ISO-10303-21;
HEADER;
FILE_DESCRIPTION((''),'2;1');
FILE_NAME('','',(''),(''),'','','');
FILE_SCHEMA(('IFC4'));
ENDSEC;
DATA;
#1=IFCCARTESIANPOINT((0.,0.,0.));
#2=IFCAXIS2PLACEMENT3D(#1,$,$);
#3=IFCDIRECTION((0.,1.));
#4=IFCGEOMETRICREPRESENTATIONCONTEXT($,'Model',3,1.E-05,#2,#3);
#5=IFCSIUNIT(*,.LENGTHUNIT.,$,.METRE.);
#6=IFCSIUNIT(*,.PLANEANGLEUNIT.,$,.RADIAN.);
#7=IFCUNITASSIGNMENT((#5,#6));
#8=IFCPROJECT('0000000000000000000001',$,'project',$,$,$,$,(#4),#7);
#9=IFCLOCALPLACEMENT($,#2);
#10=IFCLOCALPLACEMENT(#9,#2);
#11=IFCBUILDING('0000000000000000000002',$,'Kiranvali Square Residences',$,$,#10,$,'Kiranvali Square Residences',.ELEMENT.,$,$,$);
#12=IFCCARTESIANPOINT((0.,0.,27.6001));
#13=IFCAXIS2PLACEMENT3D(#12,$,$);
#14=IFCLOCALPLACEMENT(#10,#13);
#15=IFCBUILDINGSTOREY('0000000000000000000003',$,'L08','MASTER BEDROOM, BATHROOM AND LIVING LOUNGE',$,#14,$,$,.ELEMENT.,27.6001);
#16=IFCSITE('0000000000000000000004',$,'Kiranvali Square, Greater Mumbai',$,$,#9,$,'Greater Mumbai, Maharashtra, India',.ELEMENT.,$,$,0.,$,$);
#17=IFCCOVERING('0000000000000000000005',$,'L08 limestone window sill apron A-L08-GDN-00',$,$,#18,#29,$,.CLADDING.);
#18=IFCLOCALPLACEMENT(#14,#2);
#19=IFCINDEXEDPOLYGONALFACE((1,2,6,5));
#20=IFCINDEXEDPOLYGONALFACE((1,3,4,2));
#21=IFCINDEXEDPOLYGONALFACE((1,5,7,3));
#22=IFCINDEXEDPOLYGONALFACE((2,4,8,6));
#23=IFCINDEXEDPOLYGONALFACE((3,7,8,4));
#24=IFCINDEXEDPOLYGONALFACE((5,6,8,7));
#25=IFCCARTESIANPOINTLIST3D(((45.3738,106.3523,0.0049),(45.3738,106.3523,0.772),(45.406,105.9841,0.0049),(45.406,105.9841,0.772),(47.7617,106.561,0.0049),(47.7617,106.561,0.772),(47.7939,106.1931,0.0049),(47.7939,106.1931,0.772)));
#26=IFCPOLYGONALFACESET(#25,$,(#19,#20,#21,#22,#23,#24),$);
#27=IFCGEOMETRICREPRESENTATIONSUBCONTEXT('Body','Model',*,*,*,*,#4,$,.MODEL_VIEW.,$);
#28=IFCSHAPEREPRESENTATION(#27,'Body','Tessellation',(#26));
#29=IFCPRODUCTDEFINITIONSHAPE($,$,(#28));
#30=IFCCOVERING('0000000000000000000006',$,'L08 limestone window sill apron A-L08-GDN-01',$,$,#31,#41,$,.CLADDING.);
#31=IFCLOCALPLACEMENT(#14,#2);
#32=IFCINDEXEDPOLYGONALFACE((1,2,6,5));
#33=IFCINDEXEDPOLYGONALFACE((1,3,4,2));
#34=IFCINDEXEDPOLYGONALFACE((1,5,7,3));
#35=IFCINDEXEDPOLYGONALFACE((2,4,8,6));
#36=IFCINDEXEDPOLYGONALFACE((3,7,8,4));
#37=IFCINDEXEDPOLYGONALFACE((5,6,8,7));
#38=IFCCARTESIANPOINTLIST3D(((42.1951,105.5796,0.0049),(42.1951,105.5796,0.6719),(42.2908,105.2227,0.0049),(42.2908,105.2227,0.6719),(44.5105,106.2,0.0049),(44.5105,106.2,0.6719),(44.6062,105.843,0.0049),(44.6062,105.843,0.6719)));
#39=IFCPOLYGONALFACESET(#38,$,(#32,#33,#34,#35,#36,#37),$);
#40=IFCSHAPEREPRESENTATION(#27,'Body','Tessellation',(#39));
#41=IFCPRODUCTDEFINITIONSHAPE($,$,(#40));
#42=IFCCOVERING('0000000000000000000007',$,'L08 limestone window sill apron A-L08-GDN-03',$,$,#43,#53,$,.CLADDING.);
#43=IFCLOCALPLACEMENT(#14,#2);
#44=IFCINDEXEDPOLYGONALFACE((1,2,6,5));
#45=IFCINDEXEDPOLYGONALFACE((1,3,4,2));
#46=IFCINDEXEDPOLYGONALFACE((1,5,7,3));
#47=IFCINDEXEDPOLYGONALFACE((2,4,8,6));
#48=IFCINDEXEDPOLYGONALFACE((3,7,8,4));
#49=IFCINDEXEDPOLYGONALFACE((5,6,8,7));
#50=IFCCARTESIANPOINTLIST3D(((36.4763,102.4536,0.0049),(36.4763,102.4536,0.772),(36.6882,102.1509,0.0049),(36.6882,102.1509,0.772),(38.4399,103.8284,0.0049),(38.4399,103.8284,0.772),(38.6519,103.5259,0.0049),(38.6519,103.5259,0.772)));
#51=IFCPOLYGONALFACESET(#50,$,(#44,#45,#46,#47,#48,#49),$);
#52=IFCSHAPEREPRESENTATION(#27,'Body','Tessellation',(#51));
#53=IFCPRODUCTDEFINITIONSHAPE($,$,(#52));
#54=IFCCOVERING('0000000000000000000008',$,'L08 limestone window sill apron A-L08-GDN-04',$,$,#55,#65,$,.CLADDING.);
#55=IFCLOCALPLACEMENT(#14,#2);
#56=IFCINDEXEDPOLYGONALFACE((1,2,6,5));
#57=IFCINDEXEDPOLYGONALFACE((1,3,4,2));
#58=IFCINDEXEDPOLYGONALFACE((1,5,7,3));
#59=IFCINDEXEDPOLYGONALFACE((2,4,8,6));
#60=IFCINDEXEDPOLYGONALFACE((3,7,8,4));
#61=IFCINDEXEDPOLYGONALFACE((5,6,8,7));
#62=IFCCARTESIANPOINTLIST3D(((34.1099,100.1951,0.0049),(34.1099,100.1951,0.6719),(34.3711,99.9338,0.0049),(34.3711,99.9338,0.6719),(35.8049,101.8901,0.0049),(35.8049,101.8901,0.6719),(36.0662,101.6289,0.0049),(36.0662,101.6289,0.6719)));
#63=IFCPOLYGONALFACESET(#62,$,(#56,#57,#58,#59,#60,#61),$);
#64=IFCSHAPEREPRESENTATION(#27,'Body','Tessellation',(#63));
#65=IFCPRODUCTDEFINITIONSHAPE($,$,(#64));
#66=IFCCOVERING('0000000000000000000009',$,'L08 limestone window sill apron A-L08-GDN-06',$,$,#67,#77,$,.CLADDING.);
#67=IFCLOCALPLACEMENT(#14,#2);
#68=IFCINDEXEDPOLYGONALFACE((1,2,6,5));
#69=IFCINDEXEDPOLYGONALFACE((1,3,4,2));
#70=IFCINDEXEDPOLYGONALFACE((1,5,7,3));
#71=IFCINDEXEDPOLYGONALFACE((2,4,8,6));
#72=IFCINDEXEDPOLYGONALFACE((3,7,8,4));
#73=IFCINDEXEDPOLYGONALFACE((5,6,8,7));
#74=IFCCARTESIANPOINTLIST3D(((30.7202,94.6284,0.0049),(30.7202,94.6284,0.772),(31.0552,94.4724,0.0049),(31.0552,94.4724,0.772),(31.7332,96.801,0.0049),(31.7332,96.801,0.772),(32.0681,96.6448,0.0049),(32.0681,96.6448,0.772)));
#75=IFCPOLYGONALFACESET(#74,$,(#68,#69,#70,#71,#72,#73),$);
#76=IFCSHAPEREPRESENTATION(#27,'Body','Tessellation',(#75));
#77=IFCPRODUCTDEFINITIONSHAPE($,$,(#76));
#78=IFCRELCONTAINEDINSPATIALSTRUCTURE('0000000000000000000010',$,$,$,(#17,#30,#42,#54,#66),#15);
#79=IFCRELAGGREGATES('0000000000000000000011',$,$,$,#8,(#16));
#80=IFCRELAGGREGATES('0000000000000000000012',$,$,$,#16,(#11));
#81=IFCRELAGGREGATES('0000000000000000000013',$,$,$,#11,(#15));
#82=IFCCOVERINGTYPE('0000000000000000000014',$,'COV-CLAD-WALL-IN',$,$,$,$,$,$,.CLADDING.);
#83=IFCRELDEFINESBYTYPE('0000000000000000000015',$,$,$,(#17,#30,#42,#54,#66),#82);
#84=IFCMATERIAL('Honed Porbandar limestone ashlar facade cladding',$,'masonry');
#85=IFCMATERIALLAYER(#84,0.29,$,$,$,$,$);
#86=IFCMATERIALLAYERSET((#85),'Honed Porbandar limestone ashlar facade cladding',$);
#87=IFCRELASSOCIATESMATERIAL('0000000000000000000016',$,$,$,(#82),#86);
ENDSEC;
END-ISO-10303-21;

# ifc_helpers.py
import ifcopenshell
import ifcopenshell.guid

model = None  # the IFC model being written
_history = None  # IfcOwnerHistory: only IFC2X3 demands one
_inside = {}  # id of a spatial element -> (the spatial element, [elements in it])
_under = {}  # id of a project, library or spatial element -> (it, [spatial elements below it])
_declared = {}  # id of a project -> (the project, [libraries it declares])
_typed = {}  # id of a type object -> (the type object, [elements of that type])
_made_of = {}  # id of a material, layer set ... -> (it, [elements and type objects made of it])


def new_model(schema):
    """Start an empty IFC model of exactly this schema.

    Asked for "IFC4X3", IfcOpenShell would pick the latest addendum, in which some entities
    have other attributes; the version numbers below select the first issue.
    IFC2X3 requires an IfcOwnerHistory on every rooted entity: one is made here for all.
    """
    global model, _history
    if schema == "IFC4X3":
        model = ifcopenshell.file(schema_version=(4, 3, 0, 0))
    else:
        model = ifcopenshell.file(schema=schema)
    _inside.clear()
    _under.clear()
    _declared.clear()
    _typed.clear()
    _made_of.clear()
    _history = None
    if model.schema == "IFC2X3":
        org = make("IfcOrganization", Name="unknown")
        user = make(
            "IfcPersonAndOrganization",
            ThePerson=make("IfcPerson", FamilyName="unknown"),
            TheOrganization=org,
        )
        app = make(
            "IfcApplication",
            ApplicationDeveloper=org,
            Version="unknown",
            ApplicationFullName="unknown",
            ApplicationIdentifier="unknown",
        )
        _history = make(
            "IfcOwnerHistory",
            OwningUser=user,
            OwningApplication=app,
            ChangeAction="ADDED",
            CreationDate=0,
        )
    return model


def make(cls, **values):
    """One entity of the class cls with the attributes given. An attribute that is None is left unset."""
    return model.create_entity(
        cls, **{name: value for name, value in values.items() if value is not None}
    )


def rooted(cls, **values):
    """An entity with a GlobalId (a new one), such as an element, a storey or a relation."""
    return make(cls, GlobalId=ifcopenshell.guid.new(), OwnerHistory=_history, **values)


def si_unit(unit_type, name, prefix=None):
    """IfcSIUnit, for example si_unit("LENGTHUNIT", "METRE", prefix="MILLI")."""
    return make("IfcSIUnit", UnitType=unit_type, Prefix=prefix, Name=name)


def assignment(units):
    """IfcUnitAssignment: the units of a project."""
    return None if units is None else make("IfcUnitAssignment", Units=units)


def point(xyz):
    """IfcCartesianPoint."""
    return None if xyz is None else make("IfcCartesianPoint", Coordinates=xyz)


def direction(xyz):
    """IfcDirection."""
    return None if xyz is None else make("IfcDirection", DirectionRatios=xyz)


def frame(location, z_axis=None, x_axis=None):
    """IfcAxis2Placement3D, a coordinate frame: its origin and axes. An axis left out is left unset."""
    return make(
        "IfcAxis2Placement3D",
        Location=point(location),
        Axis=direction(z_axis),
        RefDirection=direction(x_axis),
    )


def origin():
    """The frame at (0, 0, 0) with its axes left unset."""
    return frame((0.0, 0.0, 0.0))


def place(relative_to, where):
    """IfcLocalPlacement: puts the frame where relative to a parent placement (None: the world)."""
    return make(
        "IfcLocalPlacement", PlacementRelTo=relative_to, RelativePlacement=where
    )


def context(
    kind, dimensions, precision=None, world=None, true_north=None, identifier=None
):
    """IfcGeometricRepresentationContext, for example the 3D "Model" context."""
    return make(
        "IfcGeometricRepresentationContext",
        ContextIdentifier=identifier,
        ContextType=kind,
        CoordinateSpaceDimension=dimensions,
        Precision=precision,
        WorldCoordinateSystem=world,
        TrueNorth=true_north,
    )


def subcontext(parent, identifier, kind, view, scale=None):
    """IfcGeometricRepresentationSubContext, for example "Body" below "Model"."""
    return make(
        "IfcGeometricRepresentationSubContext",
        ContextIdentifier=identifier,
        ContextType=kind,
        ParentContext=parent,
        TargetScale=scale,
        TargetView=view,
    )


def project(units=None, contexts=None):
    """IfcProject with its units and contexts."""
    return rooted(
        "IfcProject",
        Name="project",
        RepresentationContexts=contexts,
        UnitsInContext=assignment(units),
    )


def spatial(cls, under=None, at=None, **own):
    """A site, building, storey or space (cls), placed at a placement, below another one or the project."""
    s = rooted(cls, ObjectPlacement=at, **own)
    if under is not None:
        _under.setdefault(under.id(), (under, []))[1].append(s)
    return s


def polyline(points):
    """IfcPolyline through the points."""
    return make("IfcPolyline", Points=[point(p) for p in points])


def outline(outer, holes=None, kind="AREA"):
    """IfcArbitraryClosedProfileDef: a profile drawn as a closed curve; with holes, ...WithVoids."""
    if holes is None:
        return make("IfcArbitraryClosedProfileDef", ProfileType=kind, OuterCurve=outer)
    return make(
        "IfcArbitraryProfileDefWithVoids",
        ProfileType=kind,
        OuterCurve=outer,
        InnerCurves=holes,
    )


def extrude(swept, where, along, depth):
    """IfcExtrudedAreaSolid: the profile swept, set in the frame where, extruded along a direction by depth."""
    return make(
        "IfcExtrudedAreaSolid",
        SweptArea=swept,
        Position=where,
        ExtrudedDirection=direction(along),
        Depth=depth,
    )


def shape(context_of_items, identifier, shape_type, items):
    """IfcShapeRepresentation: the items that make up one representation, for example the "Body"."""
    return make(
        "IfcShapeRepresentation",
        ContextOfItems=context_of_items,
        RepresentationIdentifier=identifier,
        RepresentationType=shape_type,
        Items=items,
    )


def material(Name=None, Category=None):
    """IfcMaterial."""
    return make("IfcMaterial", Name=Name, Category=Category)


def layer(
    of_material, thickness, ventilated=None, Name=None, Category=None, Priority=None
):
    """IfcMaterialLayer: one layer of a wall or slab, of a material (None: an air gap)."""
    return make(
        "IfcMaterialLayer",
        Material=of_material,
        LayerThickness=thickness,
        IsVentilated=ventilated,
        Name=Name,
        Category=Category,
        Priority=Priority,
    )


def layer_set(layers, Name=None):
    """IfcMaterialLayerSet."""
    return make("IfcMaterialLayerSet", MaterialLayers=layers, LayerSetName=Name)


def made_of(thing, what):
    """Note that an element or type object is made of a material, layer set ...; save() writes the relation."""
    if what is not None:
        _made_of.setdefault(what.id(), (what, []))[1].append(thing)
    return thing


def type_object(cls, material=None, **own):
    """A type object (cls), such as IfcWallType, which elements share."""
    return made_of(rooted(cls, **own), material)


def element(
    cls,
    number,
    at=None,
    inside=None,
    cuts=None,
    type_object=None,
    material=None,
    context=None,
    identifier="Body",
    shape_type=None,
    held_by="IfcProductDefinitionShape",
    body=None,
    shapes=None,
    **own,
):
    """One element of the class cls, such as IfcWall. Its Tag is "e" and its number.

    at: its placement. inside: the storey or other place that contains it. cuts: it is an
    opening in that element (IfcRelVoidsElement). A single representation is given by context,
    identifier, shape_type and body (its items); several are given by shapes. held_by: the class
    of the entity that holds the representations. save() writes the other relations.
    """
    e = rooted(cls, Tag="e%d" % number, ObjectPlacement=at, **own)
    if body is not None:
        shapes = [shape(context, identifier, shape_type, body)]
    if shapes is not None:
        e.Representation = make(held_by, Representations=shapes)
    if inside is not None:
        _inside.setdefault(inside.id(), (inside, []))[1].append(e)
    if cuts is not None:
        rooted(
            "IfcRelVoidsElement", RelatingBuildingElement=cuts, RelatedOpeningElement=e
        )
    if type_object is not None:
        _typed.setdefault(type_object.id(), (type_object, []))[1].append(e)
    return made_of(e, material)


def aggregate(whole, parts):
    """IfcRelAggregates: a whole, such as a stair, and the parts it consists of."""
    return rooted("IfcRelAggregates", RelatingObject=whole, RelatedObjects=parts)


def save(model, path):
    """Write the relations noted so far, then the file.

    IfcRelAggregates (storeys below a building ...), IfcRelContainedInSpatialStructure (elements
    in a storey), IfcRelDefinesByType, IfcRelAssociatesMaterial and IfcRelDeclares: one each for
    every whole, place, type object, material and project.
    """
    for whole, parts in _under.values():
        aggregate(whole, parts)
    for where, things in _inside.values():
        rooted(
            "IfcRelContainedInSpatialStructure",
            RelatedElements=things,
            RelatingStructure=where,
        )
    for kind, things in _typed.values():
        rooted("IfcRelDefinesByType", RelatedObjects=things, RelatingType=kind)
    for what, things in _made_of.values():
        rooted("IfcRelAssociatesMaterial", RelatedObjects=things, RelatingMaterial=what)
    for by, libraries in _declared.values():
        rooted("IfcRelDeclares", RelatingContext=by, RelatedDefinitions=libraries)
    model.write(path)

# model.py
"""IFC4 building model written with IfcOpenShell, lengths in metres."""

from ifc_helpers import new_model, si_unit, direction, frame, origin, place, context, subcontext, project, spatial, polyline, outline, extrude, material, layer, layer_set, type_object, element, save


model = new_model("IFC4")

# Units and contexts
model_context = context("Model", 3, precision=1e-05, world=origin(), true_north=direction((0.0, 1.0)))
body_context = subcontext(model_context, "Body", "Model", "MODEL_VIEW")
ifc_project = project(units=[si_unit("LENGTHUNIT", "METRE"), si_unit("PLANEANGLEUNIT", "RADIAN")], contexts=[model_context])

# Site, building, storey
site_placement = place(None, origin())
site = spatial("IfcSite", under=ifc_project, at=site_placement, Name="Kiranvali Square, Greater Mumbai", LongName="Greater Mumbai, Maharashtra, India", CompositionType="ELEMENT", RefElevation=0.0)
building_placement = place(site_placement, origin())
building = spatial("IfcBuilding", under=site, at=building_placement, Name="Kiranvali Square Residences", LongName="Kiranvali Square Residences", CompositionType="ELEMENT")
storey_placement = place(building_placement, frame((0.0, 0.0, 27.6001)))
storey = spatial("IfcBuildingStorey", under=building, at=storey_placement, Name="L08", Description="MASTER BEDROOM, BATHROOM AND LIVING LOUNGE", CompositionType="ELEMENT", Elevation=27.6001)

# Coverings
ifc_material = material(Name="Honed Porbandar limestone ashlar facade cladding", Category="masonry")
ifc_layer_1 = layer(ifc_material, 0.29)
ifc_layer_set_1 = layer_set([ifc_layer_1], Name="Honed Porbandar limestone ashlar facade cladding")
covering_type_1 = type_object("IfcCoveringType", Name="COV-CLAD-WALL-IN", PredefinedType="CLADDING", material=ifc_layer_set_1)
covering_1_placement = place(storey_placement, frame((0.0, 0.0, 0.0049)))
element("IfcCovering", 1, at=covering_1_placement, inside=storey, type_object=covering_type_1, Name="L08 limestone window sill apron A-L08-GDN-00", PredefinedType="CLADDING", context=body_context, shape_type="SweptSolid", body=[
    extrude(outline(polyline([(47.7617, 106.561), (45.3738, 106.3523), (45.406, 105.9841), (47.7939, 106.1931), (47.7617, 106.561)])), origin(), (0.0, 0.0, 1.0), 0.7671),
])
covering_2_placement = place(storey_placement, frame((0.0, 0.0, 0.0049)))
element("IfcCovering", 2, at=covering_2_placement, inside=storey, type_object=covering_type_1, Name="L08 limestone window sill apron A-L08-GDN-01", PredefinedType="CLADDING", context=body_context, shape_type="SweptSolid", body=[
    extrude(outline(polyline([(44.5105, 106.2), (42.1951, 105.5796), (42.2908, 105.2227), (44.6062, 105.843), (44.5105, 106.2)])), origin(), (0.0, 0.0, 1.0), 0.667),
])
covering_3_placement = place(storey_placement, frame((0.0, 0.0, 0.0049)))
element("IfcCovering", 3, at=covering_3_placement, inside=storey, type_object=covering_type_1, Name="L08 limestone window sill apron A-L08-GDN-03", PredefinedType="CLADDING", context=body_context, shape_type="SweptSolid", body=[
    extrude(outline(polyline([(38.4399, 103.8284), (36.4763, 102.4536), (36.6882, 102.1509), (38.6519, 103.5259), (38.4399, 103.8284)])), origin(), (0.0, 0.0, 1.0), 0.7671),
])
covering_4_placement = place(storey_placement, frame((0.0, 0.0, 0.0049)))
element("IfcCovering", 4, at=covering_4_placement, inside=storey, type_object=covering_type_1, Name="L08 limestone window sill apron A-L08-GDN-04", PredefinedType="CLADDING", context=body_context, shape_type="SweptSolid", body=[
    extrude(outline(polyline([(35.8049, 101.8901), (34.1099, 100.1951), (34.3711, 99.9338), (36.0662, 101.6289), (35.8049, 101.8901)])), origin(), (0.0, 0.0, 1.0), 0.667),
])
covering_5_placement = place(storey_placement, frame((0.0, 0.0, 0.0049)))
element("IfcCovering", 5, at=covering_5_placement, inside=storey, type_object=covering_type_1, Name="L08 limestone window sill apron A-L08-GDN-06", PredefinedType="CLADDING", context=body_context, shape_type="SweptSolid", body=[
    extrude(outline(polyline([(31.7332, 96.801), (30.7202, 94.6284), (31.0552, 94.4724), (32.0681, 96.6448), (31.7332, 96.801)])), origin(), (0.0, 0.0, 1.0), 0.7671),
])

save(model, "model.ifc")
